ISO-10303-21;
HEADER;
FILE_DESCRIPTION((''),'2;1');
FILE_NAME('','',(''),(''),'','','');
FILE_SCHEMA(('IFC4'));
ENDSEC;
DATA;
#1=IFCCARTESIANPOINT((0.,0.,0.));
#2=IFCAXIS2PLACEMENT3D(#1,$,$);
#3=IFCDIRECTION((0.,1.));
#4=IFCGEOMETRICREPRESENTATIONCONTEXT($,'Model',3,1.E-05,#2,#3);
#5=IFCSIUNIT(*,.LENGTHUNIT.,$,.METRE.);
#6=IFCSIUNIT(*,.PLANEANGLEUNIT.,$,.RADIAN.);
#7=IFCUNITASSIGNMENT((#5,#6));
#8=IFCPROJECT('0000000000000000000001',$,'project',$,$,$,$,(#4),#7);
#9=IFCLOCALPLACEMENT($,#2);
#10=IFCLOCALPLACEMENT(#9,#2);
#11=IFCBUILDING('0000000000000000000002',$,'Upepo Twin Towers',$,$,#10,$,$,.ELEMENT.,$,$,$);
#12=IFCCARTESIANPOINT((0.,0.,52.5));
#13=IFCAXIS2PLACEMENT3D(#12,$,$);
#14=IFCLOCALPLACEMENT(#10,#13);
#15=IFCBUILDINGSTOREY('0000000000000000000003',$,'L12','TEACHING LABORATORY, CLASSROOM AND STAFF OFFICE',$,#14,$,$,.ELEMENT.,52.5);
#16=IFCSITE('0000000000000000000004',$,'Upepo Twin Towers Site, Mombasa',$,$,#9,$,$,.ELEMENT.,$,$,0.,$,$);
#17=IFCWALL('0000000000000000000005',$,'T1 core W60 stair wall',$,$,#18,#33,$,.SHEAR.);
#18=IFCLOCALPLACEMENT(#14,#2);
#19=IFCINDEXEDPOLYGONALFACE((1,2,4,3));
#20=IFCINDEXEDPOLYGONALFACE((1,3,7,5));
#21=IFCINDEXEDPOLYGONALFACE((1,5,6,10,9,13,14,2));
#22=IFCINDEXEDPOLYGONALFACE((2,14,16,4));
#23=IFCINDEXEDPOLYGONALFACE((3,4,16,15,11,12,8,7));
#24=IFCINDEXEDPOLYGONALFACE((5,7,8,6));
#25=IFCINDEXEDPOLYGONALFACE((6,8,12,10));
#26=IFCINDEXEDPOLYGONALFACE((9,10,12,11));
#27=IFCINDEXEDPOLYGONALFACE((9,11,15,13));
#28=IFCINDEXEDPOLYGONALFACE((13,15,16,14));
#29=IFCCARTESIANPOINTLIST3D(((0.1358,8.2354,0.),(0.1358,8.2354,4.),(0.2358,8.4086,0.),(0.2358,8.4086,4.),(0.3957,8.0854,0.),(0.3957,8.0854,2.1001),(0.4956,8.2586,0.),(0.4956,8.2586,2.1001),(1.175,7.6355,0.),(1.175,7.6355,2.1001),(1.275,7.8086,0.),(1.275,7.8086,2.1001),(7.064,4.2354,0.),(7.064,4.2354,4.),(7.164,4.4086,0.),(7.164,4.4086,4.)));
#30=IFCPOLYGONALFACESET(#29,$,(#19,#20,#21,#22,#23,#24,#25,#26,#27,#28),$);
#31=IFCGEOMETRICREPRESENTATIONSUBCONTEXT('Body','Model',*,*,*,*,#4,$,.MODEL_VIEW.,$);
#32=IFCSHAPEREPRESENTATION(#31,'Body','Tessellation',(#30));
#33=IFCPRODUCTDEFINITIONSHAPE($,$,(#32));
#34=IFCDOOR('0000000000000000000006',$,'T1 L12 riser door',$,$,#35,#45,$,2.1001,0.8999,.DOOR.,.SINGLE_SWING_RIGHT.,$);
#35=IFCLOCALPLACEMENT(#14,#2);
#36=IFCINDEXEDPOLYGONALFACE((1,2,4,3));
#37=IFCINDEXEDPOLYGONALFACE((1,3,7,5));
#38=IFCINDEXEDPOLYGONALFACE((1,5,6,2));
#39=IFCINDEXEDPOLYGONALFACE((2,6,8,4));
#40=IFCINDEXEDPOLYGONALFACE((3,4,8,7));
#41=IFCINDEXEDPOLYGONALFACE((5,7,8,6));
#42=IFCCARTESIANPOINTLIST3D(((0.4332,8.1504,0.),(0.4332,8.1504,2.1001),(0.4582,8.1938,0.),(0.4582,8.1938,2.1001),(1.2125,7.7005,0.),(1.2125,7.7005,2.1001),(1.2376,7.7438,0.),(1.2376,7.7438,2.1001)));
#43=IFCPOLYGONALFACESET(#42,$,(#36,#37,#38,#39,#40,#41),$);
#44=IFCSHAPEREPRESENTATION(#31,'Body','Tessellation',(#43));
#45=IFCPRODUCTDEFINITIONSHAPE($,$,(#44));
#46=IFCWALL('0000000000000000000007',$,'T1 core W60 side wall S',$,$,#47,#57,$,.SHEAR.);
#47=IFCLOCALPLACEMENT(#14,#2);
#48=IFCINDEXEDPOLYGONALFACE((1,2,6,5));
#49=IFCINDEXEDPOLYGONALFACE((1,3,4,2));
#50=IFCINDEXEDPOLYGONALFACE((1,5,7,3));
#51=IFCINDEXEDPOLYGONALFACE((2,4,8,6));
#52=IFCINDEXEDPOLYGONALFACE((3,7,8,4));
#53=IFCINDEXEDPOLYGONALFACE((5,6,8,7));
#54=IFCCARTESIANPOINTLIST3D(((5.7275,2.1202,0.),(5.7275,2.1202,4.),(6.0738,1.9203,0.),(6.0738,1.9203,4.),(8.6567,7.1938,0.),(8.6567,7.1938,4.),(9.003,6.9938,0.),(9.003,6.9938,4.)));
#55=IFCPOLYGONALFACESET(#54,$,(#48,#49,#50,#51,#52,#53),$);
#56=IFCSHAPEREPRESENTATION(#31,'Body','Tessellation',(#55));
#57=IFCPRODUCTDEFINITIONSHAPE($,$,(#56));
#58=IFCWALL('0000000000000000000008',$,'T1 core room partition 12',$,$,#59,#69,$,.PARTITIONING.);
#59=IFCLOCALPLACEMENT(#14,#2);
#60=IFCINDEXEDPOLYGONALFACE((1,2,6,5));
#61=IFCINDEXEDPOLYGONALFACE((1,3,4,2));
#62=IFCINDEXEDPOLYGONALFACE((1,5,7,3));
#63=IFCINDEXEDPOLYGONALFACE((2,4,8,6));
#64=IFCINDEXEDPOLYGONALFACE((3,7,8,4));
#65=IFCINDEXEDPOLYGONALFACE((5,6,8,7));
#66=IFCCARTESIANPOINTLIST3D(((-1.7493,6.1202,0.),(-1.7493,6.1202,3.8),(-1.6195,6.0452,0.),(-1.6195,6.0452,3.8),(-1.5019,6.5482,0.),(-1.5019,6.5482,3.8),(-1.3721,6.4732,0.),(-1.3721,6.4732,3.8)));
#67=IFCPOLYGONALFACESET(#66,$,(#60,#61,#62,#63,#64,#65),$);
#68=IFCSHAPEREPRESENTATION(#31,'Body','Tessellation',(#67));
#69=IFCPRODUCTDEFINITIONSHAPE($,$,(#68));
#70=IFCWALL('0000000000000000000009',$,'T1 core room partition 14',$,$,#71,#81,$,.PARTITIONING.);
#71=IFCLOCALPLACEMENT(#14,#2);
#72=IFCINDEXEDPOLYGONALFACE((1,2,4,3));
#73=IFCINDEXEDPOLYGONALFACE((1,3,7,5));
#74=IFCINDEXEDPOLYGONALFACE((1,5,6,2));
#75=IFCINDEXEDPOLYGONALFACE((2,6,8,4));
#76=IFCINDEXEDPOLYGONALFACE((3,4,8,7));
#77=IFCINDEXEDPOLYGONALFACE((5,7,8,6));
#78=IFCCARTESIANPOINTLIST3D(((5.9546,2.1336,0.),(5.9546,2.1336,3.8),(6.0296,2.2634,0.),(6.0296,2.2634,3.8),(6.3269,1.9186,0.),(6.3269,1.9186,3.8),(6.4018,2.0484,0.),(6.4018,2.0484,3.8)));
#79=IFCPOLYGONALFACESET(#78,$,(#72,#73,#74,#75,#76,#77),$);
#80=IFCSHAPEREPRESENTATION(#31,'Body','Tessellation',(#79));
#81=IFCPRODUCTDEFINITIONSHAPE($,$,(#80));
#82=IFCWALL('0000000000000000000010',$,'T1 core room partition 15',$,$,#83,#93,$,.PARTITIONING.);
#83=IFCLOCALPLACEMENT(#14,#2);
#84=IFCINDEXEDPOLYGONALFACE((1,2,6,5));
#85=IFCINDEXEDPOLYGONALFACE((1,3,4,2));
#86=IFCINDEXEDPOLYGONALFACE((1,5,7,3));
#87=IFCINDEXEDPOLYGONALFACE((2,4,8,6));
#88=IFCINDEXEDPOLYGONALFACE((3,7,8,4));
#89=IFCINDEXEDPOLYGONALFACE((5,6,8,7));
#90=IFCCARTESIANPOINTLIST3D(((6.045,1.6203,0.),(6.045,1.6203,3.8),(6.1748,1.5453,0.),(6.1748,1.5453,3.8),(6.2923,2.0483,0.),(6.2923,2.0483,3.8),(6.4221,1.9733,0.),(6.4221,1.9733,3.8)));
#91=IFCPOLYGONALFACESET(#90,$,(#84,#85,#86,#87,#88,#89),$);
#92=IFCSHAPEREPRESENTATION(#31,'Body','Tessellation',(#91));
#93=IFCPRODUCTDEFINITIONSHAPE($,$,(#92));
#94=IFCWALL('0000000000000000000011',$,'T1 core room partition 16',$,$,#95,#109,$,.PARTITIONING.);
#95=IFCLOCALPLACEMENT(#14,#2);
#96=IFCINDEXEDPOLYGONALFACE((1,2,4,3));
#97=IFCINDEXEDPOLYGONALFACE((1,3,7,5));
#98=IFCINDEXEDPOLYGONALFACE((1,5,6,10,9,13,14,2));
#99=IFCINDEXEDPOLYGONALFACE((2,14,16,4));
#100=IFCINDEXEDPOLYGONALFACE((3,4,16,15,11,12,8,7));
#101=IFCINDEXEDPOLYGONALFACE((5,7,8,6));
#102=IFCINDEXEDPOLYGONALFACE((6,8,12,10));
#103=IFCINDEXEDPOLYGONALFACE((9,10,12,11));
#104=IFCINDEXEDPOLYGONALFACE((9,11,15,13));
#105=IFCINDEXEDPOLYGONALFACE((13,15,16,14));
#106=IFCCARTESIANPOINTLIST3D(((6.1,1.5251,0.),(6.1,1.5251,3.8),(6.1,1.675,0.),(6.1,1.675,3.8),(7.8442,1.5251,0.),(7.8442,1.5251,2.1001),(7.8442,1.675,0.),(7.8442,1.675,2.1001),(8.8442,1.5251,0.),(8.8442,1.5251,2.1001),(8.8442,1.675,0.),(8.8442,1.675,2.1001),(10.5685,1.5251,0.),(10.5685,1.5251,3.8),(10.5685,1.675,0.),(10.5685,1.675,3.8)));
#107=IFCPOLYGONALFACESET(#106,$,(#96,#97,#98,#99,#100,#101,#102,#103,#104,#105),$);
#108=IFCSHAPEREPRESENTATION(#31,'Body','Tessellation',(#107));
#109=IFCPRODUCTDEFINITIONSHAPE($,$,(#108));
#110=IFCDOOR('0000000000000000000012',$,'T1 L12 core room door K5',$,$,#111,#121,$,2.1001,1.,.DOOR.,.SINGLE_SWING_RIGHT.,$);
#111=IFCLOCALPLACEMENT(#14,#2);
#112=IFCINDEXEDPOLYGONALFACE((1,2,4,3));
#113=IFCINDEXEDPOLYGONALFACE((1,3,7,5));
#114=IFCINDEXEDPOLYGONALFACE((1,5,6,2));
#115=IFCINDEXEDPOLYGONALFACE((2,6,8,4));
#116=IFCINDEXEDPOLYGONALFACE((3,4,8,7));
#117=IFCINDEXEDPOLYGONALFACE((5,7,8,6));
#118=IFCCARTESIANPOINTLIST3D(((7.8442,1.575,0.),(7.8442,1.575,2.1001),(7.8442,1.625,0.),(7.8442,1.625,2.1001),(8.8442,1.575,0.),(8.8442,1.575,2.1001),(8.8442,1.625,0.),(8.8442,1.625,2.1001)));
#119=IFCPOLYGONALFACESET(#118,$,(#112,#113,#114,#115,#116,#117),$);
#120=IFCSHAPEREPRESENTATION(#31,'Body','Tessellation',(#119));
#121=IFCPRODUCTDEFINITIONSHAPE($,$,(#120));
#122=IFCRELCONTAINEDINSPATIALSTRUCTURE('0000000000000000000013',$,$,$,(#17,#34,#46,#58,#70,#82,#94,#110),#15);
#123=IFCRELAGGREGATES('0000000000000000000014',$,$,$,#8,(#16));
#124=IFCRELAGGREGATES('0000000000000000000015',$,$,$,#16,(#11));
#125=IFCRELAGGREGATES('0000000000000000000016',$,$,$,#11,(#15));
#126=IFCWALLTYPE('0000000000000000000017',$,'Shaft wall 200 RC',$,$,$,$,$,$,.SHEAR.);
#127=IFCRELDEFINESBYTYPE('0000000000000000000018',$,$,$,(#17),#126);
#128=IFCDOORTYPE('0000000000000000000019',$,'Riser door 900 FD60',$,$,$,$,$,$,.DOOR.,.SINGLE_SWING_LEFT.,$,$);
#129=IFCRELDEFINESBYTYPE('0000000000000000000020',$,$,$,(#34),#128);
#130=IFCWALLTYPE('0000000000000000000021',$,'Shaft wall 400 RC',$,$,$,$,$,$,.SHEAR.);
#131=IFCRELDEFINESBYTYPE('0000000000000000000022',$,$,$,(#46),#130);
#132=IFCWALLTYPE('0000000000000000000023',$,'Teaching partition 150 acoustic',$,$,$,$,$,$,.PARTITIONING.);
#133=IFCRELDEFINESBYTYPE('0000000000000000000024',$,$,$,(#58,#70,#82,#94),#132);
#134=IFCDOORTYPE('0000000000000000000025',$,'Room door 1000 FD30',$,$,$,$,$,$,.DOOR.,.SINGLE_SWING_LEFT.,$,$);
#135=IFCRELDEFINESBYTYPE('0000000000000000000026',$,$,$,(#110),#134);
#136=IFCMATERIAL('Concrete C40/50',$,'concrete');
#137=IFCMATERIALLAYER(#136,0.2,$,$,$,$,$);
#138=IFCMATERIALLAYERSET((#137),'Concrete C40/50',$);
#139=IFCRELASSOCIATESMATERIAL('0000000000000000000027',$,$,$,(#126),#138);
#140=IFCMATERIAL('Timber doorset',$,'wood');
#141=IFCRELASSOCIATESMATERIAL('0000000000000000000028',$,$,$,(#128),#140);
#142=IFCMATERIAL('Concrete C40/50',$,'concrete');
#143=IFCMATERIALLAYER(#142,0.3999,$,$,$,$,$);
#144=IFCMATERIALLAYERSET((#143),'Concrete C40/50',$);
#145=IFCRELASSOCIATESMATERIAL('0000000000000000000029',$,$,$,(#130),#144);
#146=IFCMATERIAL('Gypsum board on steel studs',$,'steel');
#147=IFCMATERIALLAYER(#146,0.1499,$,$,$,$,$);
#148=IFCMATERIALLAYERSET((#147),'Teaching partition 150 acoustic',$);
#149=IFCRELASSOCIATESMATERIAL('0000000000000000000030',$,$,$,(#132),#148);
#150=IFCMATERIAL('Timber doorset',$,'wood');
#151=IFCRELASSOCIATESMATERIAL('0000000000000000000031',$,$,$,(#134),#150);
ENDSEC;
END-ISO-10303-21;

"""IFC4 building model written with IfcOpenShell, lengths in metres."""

from ifc_helpers import new_model, si_unit, direction, frame, frame_2d, origin, place, context, subcontext, project, spatial, rectangle, extrude, material, layer, layer_set, type_object, element, fill, save


model = new_model("IFC4")

# Units and contexts
model_context = context("Model", 3, precision=1e-05, world=origin(), true_north=direction((0.0, 1.0)))
body_context = subcontext(model_context, "Body", "Model", "MODEL_VIEW")
ifc_project = project(units=[si_unit("LENGTHUNIT", "METRE"), si_unit("PLANEANGLEUNIT", "RADIAN")], contexts=[model_context])

# Site, building, storey
site_placement = place(None, origin())
site = spatial("IfcSite", under=ifc_project, at=site_placement, Name="Upepo Twin Towers Site, Mombasa", CompositionType="ELEMENT", RefElevation=0.0)
building_placement = place(site_placement, origin())
building = spatial("IfcBuilding", under=site, at=building_placement, Name="Upepo Twin Towers", CompositionType="ELEMENT")
storey_placement = place(building_placement, frame((0.0, 0.0, 52.5)))
storey = spatial("IfcBuildingStorey", under=building, at=storey_placement, Name="L12", Description="TEACHING LABORATORY, CLASSROOM AND STAFF OFFICE", CompositionType="ELEMENT", Elevation=52.5)

# Shared definitions
ifc_material_1 = material(Name="Concrete C40/50", Category="concrete")
ifc_layer_1 = layer(ifc_material_1, 0.2)
ifc_layer_set_1 = layer_set([ifc_layer_1], Name="Concrete C40/50")
wall_type_1 = type_object("IfcWallType", Name="Shaft wall 200 RC", PredefinedType="SHEAR", material=ifc_layer_set_1)

# Wall, opening, door
wall_1_placement = place(storey_placement, frame((7.114, 4.322, 0.0), z_axis=(0.0, 0.0, 1.0), x_axis=(-0.866026, 0.499999, 0.0)))
wall_1 = element("IfcWall", 1, at=wall_1_placement, inside=storey, type_object=wall_type_1, Name="T1 core W60 stair wall", PredefinedType="SHEAR", context=body_context, shape_type="SweptSolid", body=[
    extrude(rectangle(XDim=8.0, YDim=0.2, at=frame_2d((4.0, 0.0))), origin(), (0.0, 0.0, 1.0), 4.0),
])
opening_1_placement = place(wall_1_placement, frame((6.8, 0.0, 0.0)))
opening_1 = element("IfcOpeningElement", 2, at=opening_1_placement, cuts=wall_1, PredefinedType="OPENING", context=body_context, shape_type="SweptSolid", body=[
    extrude(rectangle(XDim=0.8999, YDim=2.1001, at=frame_2d((0.45, 1.05))), frame((0.0, 0.1099, 0.0), z_axis=(0.0, -1.0, 0.0), x_axis=(1.0, 0.0, 0.0)), (0.0, 0.0, 1.0), 0.22),
])
ifc_material_2 = material(Name="Timber doorset", Category="wood")
door_type_1 = type_object("IfcDoorType", Name="Riser door 900 FD60", OperationType="SINGLE_SWING_LEFT", PredefinedType="DOOR", material=ifc_material_2)
door_1_placement = place(opening_1_placement, origin())
door_1 = element("IfcDoor", 3, at=door_1_placement, inside=storey, type_object=door_type_1, Name="T1 L12 riser door", OperationType="SINGLE_SWING_RIGHT", OverallHeight=2.1001, OverallWidth=0.8999, PredefinedType="DOOR", context=body_context, shape_type="SweptSolid", body=[
    extrude(rectangle(XDim=0.8999, YDim=2.1001, at=frame_2d((0.45, 1.05))), frame((0.0, 0.0249, 0.0), z_axis=(0.0, -1.0, 0.0), x_axis=(1.0, 0.0, 0.0)), (0.0, 0.0, 1.0), 0.05),
])
fill(opening_1, door_1)

# Walls
ifc_material_3 = material(Name="Concrete C40/50", Category="concrete")
ifc_layer_2 = layer(ifc_material_3, 0.3999)
ifc_layer_set_2 = layer_set([ifc_layer_2], Name="Concrete C40/50")
wall_type_2 = type_object("IfcWallType", Name="Shaft wall 400 RC", PredefinedType="SHEAR", material=ifc_layer_set_2)
wall_2_placement = place(storey_placement, frame((5.9006, 2.0203, 0.0), z_axis=(0.0, 0.0, 1.0), x_axis=(0.500003, 0.866024, 0.0)))
element("IfcWall", 4, at=wall_2_placement, inside=storey, type_object=wall_type_2, Name="T1 core W60 side wall S", PredefinedType="SHEAR", context=body_context, shape_type="SweptSolid", body=[
    extrude(rectangle(XDim=5.8584, YDim=0.3999, at=frame_2d((2.9292, 0.0))), origin(), (0.0, 0.0, 1.0), 4.0),
])
ifc_material_4 = material(Name="Gypsum board on steel studs", Category="steel")
ifc_layer_3 = layer(ifc_material_4, 0.1499)
ifc_layer_set_3 = layer_set([ifc_layer_3], Name="Teaching partition 150 acoustic")
wall_type_3 = type_object("IfcWallType", Name="Teaching partition 150 acoustic", PredefinedType="PARTITIONING", material=ifc_layer_set_3)
wall_3_placement = place(storey_placement, frame((-1.6843, 6.0828, 0.0), z_axis=(0.0, 0.0, 1.0), x_axis=(0.500335, 0.865832, 0.0)))
element("IfcWall", 5, at=wall_3_placement, inside=storey, type_object=wall_type_3, Name="T1 core room partition 12", PredefinedType="PARTITIONING", context=body_context, shape_type="SweptSolid", body=[
    extrude(rectangle(XDim=0.4944, YDim=0.1499, at=frame_2d((0.2471, 0.0))), origin(), (0.0, 0.0, 1.0), 3.8),
])
wall_4_placement = place(storey_placement, frame((5.9922, 2.1985, 0.0), z_axis=(0.0, 0.0, 1.0), x_axis=(0.865892, -0.50023, 0.0)))
element("IfcWall", 6, at=wall_4_placement, inside=storey, type_object=wall_type_3, Name="T1 core room partition 14", PredefinedType="PARTITIONING", context=body_context, shape_type="SweptSolid", body=[
    extrude(rectangle(XDim=0.4299, YDim=0.1499, at=frame_2d((0.2148, 0.0))), origin(), (0.0, 0.0, 1.0), 3.8),
])
wall_5_placement = place(storey_placement, frame((6.3572, 2.0107, 0.0), z_axis=(0.0, 0.0, 1.0), x_axis=(-0.500335, -0.865832, 0.0)))
element("IfcWall", 7, at=wall_5_placement, inside=storey, type_object=wall_type_3, Name="T1 core room partition 15", PredefinedType="PARTITIONING", context=body_context, shape_type="SweptSolid", body=[
    extrude(rectangle(XDim=0.4944, YDim=0.1499, at=frame_2d((0.2471, 0.0))), origin(), (0.0, 0.0, 1.0), 3.8),
])

# Wall, opening, door
wall_6_placement = place(storey_placement, frame((6.0999, 1.6001, 0.0), z_axis=(0.0, 0.0, 1.0), x_axis=(1.0, 0.0, 0.0)))
wall_6 = element("IfcWall", 8, at=wall_6_placement, inside=storey, type_object=wall_type_3, Name="T1 core room partition 16", PredefinedType="PARTITIONING", context=body_context, shape_type="SweptSolid", body=[
    extrude(rectangle(XDim=4.4685, YDim=0.1499, at=frame_2d((2.2344, 0.0))), origin(), (0.0, 0.0, 1.0), 3.8),
])
opening_2_placement = place(wall_6_placement, frame((1.7444, 0.0, 0.0)))
opening_2 = element("IfcOpeningElement", 9, at=opening_2_placement, cuts=wall_6, PredefinedType="OPENING", context=body_context, shape_type="SweptSolid", body=[
    extrude(rectangle(XDim=1.0, YDim=2.1001, at=frame_2d((0.5, 1.05))), frame((0.0, 0.085, 0.0), z_axis=(0.0, -1.0, 0.0), x_axis=(1.0, 0.0, 0.0)), (0.0, 0.0, 1.0), 0.1699),
])
ifc_material_5 = material(Name="Timber doorset", Category="wood")
door_type_2 = type_object("IfcDoorType", Name="Room door 1000 FD30", OperationType="SINGLE_SWING_LEFT", PredefinedType="DOOR", material=ifc_material_5)
door_2_placement = place(opening_2_placement, origin())
door_2 = element("IfcDoor", 10, at=door_2_placement, inside=storey, type_object=door_type_2, Name="T1 L12 core room door K5", OperationType="SINGLE_SWING_RIGHT", OverallHeight=2.1001, OverallWidth=1.0, PredefinedType="DOOR", context=body_context, shape_type="SweptSolid", body=[
    extrude(rectangle(XDim=1.0, YDim=2.1001, at=frame_2d((0.5, 1.05))), frame((0.0, 0.0249, 0.0), z_axis=(0.0, -1.0, 0.0), x_axis=(1.0, 0.0, 0.0)), (0.0, 0.0, 1.0), 0.05),
])
fill(opening_2, door_2)

save(model, "model.ifc")
